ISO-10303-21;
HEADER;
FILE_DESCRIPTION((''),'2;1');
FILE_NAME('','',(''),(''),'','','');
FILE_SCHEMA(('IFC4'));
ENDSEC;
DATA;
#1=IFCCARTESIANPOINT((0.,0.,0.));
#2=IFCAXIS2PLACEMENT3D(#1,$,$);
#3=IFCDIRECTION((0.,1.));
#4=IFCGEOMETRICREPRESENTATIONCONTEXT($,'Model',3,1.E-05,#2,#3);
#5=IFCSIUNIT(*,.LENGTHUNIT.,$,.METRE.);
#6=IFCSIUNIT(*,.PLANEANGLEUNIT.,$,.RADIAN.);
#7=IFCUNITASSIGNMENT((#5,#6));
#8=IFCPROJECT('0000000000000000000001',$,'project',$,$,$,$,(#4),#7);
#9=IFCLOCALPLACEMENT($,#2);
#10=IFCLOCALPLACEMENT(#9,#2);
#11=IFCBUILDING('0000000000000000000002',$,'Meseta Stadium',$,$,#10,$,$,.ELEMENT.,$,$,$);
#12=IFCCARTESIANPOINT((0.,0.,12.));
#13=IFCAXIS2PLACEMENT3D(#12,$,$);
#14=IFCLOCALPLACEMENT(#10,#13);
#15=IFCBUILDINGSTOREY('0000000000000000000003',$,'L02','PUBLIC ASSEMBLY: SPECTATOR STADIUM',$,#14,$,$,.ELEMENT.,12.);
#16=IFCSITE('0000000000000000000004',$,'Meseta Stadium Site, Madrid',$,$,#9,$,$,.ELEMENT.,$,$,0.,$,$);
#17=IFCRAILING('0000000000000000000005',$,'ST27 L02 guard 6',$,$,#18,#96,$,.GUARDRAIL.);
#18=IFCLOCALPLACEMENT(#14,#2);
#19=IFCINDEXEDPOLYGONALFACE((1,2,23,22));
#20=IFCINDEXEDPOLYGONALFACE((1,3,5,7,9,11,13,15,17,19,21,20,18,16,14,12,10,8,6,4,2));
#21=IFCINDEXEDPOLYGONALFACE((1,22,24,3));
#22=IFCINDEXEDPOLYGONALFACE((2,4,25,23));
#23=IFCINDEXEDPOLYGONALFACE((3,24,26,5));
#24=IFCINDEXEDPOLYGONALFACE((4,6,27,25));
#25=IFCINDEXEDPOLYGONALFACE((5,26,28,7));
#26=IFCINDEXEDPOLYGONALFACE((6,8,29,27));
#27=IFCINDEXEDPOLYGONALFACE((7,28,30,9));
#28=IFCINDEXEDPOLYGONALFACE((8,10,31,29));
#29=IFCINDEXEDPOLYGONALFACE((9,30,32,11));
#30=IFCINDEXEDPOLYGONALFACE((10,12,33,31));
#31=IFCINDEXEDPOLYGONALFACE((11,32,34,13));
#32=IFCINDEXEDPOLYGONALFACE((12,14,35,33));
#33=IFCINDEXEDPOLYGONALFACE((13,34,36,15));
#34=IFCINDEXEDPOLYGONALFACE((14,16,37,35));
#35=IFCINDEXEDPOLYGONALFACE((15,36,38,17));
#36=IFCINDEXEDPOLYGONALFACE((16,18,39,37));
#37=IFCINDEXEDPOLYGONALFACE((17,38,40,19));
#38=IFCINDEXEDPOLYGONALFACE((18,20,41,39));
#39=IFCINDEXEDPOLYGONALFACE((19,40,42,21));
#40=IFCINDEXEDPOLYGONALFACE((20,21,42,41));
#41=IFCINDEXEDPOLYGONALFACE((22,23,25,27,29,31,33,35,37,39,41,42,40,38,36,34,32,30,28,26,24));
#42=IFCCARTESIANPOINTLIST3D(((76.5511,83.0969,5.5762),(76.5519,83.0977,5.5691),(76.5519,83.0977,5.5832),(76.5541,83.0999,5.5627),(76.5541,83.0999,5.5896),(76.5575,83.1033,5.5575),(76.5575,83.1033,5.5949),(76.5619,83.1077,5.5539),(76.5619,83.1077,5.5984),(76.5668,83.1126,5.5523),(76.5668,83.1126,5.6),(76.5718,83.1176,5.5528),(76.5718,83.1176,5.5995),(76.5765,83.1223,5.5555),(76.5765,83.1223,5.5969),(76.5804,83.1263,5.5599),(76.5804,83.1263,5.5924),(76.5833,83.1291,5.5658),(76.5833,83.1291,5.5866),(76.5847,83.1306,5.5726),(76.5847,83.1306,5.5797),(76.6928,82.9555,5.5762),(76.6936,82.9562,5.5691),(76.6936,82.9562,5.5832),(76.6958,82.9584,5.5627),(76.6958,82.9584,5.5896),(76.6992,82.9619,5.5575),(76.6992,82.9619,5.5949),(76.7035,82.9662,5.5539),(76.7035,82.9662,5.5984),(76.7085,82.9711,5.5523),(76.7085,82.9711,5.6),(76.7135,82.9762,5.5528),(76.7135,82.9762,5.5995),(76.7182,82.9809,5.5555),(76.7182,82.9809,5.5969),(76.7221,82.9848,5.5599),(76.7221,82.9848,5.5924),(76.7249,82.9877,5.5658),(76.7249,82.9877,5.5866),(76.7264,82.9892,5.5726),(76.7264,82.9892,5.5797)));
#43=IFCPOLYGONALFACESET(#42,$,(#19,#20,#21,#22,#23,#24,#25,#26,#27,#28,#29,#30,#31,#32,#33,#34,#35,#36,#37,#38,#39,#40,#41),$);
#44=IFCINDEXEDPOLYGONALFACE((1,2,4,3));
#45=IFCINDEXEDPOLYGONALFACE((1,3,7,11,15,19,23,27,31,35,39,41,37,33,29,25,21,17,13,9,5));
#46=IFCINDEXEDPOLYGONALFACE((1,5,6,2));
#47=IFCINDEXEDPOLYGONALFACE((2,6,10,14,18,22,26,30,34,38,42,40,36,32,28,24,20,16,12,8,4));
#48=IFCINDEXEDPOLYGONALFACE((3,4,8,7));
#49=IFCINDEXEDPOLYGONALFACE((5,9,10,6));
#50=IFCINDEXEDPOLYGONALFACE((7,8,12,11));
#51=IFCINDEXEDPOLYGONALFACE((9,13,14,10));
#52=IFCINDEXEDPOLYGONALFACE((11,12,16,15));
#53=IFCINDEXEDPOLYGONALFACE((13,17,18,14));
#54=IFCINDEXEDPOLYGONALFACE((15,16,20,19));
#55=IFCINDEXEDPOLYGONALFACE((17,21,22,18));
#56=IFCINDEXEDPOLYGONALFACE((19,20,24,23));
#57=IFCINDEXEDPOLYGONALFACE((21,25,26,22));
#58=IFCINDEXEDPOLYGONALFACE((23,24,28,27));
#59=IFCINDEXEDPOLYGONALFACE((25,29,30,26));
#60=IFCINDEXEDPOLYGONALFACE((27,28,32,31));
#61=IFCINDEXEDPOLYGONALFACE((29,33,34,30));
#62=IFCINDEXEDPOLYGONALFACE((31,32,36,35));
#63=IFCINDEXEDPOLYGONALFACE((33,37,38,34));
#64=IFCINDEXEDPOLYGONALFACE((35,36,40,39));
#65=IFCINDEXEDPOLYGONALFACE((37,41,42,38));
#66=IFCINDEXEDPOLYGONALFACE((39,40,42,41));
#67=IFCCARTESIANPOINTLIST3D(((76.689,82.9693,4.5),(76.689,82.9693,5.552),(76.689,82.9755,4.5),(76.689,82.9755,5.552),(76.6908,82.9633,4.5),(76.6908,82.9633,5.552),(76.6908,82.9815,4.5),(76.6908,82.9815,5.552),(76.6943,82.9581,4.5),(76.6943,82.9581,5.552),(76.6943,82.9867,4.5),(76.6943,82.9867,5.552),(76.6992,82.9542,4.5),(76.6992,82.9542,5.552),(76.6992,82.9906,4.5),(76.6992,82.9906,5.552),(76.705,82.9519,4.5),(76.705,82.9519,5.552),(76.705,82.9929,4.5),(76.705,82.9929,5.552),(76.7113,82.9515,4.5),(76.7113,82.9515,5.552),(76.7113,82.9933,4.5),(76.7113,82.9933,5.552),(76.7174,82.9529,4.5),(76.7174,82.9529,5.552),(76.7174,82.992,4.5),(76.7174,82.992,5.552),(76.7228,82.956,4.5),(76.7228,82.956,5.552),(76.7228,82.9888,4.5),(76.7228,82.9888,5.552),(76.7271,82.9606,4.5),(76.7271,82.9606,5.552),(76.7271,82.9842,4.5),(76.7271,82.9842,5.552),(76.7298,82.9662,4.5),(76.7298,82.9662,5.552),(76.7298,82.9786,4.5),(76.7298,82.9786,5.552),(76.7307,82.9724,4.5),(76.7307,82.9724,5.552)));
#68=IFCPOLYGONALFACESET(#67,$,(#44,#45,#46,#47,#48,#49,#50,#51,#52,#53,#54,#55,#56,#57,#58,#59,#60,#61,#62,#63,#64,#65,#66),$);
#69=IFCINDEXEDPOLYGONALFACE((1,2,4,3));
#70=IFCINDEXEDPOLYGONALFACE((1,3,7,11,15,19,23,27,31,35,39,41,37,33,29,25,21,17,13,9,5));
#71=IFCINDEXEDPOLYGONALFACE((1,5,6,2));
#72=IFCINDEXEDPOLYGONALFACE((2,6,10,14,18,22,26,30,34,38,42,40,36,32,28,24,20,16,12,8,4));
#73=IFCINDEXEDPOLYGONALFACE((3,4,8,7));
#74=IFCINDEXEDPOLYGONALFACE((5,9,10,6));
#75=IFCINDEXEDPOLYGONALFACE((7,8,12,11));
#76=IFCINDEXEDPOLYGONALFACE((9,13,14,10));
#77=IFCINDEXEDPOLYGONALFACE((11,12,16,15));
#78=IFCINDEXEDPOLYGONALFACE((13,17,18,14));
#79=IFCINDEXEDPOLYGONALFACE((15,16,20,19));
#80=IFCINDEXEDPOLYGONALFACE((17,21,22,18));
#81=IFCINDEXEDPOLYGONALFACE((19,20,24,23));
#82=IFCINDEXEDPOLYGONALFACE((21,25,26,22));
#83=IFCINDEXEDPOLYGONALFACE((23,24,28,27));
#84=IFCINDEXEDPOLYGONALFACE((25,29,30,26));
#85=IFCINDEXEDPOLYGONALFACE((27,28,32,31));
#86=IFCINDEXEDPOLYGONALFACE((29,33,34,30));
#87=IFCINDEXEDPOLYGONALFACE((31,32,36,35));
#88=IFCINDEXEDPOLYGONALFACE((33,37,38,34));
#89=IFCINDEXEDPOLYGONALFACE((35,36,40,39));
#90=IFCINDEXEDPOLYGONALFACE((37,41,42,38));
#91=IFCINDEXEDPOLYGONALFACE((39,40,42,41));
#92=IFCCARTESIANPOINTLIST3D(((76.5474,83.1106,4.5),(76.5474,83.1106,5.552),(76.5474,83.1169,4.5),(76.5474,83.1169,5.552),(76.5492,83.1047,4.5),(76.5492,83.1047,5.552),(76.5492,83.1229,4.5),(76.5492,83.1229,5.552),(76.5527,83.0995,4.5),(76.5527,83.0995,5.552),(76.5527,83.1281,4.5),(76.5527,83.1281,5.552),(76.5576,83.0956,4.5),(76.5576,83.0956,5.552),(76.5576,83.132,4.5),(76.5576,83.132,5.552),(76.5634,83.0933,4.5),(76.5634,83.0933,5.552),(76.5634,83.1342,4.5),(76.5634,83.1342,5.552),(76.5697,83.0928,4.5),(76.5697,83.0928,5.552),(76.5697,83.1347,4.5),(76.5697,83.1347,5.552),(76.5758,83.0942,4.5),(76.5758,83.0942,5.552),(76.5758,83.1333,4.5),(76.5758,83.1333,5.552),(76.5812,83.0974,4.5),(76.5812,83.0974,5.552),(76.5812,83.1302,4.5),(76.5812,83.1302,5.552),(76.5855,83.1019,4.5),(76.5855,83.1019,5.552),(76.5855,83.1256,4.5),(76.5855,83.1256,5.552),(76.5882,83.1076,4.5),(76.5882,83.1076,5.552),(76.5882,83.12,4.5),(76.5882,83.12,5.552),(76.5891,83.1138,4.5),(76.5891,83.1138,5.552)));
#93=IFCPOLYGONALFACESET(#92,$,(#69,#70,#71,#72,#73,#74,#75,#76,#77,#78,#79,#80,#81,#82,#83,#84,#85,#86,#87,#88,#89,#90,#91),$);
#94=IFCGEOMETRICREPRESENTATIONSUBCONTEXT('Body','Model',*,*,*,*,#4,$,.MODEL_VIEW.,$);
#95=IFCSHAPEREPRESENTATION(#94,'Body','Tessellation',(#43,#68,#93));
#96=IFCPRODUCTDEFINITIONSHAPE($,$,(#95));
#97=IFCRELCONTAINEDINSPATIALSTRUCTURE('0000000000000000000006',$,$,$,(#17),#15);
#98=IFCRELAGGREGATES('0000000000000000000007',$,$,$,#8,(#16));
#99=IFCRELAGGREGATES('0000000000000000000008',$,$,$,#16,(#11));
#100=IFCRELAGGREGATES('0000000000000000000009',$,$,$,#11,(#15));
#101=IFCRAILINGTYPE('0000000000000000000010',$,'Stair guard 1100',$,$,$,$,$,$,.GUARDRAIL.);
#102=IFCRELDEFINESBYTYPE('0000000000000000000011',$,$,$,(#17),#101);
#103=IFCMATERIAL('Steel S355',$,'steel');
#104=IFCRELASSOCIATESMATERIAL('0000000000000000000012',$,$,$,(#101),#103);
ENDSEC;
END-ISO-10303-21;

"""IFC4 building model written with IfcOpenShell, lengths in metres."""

from ifc_helpers import new_model, si_unit, direction, frame, origin, origin_2d, place, context, subcontext, project, spatial, circle, extrude, material, type_object, element, save


model = new_model("IFC4")

# Units and contexts
model_context = context("Model", 3, precision=1e-05, world=origin(), true_north=direction((0.0, 1.0)))
body_context = subcontext(model_context, "Body", "Model", "MODEL_VIEW")
ifc_project = project(units=[si_unit("LENGTHUNIT", "METRE"), si_unit("PLANEANGLEUNIT", "RADIAN")], contexts=[model_context])

# Site, building, storey
site_placement = place(None, origin())
site = spatial("IfcSite", under=ifc_project, at=site_placement, Name="Meseta Stadium Site, Madrid", CompositionType="ELEMENT", RefElevation=0.0)
building_placement = place(site_placement, origin())
building = spatial("IfcBuilding", under=site, at=building_placement, Name="Meseta Stadium", CompositionType="ELEMENT")
storey_placement = place(building_placement, frame((0.0, 0.0, 12.0)))
storey = spatial("IfcBuildingStorey", under=building, at=storey_placement, Name="L02", Description="PUBLIC ASSEMBLY: SPECTATOR STADIUM", CompositionType="ELEMENT", Elevation=12.0)

# Railing
ifc_material_1 = material(Name="Steel S355", Category="steel")
railing_type_1 = type_object("IfcRailingType", Name="Stair guard 1100", PredefinedType="GUARDRAIL", material=ifc_material_1)
railing_1_placement = place(storey_placement, frame((76.7097, 82.9724, 4.5)))
element("IfcRailing", 1, at=railing_1_placement, inside=storey, type_object=railing_type_1, Name="ST27 L02 guard 6", PredefinedType="GUARDRAIL", context=body_context, shape_type="SweptSolid", body=[
    extrude(circle(Radius=0.0239, at=origin_2d()), frame((0.0, 0.0, 1.0762), z_axis=(-0.707717, 0.706496, 0.0), x_axis=(-0.706496, -0.707717, 0.0)), (0.0, 0.0, 1.0), 0.2002),
    extrude(circle(Radius=0.021, at=origin_2d()), origin(), (0.0, 0.0, 1.0), 1.052),
    extrude(circle(Radius=0.021, at=origin_2d()), frame((-0.1416, 0.1414, 0.0)), (0.0, 0.0, 1.0), 1.052),
])

save(model, "model.ifc")
